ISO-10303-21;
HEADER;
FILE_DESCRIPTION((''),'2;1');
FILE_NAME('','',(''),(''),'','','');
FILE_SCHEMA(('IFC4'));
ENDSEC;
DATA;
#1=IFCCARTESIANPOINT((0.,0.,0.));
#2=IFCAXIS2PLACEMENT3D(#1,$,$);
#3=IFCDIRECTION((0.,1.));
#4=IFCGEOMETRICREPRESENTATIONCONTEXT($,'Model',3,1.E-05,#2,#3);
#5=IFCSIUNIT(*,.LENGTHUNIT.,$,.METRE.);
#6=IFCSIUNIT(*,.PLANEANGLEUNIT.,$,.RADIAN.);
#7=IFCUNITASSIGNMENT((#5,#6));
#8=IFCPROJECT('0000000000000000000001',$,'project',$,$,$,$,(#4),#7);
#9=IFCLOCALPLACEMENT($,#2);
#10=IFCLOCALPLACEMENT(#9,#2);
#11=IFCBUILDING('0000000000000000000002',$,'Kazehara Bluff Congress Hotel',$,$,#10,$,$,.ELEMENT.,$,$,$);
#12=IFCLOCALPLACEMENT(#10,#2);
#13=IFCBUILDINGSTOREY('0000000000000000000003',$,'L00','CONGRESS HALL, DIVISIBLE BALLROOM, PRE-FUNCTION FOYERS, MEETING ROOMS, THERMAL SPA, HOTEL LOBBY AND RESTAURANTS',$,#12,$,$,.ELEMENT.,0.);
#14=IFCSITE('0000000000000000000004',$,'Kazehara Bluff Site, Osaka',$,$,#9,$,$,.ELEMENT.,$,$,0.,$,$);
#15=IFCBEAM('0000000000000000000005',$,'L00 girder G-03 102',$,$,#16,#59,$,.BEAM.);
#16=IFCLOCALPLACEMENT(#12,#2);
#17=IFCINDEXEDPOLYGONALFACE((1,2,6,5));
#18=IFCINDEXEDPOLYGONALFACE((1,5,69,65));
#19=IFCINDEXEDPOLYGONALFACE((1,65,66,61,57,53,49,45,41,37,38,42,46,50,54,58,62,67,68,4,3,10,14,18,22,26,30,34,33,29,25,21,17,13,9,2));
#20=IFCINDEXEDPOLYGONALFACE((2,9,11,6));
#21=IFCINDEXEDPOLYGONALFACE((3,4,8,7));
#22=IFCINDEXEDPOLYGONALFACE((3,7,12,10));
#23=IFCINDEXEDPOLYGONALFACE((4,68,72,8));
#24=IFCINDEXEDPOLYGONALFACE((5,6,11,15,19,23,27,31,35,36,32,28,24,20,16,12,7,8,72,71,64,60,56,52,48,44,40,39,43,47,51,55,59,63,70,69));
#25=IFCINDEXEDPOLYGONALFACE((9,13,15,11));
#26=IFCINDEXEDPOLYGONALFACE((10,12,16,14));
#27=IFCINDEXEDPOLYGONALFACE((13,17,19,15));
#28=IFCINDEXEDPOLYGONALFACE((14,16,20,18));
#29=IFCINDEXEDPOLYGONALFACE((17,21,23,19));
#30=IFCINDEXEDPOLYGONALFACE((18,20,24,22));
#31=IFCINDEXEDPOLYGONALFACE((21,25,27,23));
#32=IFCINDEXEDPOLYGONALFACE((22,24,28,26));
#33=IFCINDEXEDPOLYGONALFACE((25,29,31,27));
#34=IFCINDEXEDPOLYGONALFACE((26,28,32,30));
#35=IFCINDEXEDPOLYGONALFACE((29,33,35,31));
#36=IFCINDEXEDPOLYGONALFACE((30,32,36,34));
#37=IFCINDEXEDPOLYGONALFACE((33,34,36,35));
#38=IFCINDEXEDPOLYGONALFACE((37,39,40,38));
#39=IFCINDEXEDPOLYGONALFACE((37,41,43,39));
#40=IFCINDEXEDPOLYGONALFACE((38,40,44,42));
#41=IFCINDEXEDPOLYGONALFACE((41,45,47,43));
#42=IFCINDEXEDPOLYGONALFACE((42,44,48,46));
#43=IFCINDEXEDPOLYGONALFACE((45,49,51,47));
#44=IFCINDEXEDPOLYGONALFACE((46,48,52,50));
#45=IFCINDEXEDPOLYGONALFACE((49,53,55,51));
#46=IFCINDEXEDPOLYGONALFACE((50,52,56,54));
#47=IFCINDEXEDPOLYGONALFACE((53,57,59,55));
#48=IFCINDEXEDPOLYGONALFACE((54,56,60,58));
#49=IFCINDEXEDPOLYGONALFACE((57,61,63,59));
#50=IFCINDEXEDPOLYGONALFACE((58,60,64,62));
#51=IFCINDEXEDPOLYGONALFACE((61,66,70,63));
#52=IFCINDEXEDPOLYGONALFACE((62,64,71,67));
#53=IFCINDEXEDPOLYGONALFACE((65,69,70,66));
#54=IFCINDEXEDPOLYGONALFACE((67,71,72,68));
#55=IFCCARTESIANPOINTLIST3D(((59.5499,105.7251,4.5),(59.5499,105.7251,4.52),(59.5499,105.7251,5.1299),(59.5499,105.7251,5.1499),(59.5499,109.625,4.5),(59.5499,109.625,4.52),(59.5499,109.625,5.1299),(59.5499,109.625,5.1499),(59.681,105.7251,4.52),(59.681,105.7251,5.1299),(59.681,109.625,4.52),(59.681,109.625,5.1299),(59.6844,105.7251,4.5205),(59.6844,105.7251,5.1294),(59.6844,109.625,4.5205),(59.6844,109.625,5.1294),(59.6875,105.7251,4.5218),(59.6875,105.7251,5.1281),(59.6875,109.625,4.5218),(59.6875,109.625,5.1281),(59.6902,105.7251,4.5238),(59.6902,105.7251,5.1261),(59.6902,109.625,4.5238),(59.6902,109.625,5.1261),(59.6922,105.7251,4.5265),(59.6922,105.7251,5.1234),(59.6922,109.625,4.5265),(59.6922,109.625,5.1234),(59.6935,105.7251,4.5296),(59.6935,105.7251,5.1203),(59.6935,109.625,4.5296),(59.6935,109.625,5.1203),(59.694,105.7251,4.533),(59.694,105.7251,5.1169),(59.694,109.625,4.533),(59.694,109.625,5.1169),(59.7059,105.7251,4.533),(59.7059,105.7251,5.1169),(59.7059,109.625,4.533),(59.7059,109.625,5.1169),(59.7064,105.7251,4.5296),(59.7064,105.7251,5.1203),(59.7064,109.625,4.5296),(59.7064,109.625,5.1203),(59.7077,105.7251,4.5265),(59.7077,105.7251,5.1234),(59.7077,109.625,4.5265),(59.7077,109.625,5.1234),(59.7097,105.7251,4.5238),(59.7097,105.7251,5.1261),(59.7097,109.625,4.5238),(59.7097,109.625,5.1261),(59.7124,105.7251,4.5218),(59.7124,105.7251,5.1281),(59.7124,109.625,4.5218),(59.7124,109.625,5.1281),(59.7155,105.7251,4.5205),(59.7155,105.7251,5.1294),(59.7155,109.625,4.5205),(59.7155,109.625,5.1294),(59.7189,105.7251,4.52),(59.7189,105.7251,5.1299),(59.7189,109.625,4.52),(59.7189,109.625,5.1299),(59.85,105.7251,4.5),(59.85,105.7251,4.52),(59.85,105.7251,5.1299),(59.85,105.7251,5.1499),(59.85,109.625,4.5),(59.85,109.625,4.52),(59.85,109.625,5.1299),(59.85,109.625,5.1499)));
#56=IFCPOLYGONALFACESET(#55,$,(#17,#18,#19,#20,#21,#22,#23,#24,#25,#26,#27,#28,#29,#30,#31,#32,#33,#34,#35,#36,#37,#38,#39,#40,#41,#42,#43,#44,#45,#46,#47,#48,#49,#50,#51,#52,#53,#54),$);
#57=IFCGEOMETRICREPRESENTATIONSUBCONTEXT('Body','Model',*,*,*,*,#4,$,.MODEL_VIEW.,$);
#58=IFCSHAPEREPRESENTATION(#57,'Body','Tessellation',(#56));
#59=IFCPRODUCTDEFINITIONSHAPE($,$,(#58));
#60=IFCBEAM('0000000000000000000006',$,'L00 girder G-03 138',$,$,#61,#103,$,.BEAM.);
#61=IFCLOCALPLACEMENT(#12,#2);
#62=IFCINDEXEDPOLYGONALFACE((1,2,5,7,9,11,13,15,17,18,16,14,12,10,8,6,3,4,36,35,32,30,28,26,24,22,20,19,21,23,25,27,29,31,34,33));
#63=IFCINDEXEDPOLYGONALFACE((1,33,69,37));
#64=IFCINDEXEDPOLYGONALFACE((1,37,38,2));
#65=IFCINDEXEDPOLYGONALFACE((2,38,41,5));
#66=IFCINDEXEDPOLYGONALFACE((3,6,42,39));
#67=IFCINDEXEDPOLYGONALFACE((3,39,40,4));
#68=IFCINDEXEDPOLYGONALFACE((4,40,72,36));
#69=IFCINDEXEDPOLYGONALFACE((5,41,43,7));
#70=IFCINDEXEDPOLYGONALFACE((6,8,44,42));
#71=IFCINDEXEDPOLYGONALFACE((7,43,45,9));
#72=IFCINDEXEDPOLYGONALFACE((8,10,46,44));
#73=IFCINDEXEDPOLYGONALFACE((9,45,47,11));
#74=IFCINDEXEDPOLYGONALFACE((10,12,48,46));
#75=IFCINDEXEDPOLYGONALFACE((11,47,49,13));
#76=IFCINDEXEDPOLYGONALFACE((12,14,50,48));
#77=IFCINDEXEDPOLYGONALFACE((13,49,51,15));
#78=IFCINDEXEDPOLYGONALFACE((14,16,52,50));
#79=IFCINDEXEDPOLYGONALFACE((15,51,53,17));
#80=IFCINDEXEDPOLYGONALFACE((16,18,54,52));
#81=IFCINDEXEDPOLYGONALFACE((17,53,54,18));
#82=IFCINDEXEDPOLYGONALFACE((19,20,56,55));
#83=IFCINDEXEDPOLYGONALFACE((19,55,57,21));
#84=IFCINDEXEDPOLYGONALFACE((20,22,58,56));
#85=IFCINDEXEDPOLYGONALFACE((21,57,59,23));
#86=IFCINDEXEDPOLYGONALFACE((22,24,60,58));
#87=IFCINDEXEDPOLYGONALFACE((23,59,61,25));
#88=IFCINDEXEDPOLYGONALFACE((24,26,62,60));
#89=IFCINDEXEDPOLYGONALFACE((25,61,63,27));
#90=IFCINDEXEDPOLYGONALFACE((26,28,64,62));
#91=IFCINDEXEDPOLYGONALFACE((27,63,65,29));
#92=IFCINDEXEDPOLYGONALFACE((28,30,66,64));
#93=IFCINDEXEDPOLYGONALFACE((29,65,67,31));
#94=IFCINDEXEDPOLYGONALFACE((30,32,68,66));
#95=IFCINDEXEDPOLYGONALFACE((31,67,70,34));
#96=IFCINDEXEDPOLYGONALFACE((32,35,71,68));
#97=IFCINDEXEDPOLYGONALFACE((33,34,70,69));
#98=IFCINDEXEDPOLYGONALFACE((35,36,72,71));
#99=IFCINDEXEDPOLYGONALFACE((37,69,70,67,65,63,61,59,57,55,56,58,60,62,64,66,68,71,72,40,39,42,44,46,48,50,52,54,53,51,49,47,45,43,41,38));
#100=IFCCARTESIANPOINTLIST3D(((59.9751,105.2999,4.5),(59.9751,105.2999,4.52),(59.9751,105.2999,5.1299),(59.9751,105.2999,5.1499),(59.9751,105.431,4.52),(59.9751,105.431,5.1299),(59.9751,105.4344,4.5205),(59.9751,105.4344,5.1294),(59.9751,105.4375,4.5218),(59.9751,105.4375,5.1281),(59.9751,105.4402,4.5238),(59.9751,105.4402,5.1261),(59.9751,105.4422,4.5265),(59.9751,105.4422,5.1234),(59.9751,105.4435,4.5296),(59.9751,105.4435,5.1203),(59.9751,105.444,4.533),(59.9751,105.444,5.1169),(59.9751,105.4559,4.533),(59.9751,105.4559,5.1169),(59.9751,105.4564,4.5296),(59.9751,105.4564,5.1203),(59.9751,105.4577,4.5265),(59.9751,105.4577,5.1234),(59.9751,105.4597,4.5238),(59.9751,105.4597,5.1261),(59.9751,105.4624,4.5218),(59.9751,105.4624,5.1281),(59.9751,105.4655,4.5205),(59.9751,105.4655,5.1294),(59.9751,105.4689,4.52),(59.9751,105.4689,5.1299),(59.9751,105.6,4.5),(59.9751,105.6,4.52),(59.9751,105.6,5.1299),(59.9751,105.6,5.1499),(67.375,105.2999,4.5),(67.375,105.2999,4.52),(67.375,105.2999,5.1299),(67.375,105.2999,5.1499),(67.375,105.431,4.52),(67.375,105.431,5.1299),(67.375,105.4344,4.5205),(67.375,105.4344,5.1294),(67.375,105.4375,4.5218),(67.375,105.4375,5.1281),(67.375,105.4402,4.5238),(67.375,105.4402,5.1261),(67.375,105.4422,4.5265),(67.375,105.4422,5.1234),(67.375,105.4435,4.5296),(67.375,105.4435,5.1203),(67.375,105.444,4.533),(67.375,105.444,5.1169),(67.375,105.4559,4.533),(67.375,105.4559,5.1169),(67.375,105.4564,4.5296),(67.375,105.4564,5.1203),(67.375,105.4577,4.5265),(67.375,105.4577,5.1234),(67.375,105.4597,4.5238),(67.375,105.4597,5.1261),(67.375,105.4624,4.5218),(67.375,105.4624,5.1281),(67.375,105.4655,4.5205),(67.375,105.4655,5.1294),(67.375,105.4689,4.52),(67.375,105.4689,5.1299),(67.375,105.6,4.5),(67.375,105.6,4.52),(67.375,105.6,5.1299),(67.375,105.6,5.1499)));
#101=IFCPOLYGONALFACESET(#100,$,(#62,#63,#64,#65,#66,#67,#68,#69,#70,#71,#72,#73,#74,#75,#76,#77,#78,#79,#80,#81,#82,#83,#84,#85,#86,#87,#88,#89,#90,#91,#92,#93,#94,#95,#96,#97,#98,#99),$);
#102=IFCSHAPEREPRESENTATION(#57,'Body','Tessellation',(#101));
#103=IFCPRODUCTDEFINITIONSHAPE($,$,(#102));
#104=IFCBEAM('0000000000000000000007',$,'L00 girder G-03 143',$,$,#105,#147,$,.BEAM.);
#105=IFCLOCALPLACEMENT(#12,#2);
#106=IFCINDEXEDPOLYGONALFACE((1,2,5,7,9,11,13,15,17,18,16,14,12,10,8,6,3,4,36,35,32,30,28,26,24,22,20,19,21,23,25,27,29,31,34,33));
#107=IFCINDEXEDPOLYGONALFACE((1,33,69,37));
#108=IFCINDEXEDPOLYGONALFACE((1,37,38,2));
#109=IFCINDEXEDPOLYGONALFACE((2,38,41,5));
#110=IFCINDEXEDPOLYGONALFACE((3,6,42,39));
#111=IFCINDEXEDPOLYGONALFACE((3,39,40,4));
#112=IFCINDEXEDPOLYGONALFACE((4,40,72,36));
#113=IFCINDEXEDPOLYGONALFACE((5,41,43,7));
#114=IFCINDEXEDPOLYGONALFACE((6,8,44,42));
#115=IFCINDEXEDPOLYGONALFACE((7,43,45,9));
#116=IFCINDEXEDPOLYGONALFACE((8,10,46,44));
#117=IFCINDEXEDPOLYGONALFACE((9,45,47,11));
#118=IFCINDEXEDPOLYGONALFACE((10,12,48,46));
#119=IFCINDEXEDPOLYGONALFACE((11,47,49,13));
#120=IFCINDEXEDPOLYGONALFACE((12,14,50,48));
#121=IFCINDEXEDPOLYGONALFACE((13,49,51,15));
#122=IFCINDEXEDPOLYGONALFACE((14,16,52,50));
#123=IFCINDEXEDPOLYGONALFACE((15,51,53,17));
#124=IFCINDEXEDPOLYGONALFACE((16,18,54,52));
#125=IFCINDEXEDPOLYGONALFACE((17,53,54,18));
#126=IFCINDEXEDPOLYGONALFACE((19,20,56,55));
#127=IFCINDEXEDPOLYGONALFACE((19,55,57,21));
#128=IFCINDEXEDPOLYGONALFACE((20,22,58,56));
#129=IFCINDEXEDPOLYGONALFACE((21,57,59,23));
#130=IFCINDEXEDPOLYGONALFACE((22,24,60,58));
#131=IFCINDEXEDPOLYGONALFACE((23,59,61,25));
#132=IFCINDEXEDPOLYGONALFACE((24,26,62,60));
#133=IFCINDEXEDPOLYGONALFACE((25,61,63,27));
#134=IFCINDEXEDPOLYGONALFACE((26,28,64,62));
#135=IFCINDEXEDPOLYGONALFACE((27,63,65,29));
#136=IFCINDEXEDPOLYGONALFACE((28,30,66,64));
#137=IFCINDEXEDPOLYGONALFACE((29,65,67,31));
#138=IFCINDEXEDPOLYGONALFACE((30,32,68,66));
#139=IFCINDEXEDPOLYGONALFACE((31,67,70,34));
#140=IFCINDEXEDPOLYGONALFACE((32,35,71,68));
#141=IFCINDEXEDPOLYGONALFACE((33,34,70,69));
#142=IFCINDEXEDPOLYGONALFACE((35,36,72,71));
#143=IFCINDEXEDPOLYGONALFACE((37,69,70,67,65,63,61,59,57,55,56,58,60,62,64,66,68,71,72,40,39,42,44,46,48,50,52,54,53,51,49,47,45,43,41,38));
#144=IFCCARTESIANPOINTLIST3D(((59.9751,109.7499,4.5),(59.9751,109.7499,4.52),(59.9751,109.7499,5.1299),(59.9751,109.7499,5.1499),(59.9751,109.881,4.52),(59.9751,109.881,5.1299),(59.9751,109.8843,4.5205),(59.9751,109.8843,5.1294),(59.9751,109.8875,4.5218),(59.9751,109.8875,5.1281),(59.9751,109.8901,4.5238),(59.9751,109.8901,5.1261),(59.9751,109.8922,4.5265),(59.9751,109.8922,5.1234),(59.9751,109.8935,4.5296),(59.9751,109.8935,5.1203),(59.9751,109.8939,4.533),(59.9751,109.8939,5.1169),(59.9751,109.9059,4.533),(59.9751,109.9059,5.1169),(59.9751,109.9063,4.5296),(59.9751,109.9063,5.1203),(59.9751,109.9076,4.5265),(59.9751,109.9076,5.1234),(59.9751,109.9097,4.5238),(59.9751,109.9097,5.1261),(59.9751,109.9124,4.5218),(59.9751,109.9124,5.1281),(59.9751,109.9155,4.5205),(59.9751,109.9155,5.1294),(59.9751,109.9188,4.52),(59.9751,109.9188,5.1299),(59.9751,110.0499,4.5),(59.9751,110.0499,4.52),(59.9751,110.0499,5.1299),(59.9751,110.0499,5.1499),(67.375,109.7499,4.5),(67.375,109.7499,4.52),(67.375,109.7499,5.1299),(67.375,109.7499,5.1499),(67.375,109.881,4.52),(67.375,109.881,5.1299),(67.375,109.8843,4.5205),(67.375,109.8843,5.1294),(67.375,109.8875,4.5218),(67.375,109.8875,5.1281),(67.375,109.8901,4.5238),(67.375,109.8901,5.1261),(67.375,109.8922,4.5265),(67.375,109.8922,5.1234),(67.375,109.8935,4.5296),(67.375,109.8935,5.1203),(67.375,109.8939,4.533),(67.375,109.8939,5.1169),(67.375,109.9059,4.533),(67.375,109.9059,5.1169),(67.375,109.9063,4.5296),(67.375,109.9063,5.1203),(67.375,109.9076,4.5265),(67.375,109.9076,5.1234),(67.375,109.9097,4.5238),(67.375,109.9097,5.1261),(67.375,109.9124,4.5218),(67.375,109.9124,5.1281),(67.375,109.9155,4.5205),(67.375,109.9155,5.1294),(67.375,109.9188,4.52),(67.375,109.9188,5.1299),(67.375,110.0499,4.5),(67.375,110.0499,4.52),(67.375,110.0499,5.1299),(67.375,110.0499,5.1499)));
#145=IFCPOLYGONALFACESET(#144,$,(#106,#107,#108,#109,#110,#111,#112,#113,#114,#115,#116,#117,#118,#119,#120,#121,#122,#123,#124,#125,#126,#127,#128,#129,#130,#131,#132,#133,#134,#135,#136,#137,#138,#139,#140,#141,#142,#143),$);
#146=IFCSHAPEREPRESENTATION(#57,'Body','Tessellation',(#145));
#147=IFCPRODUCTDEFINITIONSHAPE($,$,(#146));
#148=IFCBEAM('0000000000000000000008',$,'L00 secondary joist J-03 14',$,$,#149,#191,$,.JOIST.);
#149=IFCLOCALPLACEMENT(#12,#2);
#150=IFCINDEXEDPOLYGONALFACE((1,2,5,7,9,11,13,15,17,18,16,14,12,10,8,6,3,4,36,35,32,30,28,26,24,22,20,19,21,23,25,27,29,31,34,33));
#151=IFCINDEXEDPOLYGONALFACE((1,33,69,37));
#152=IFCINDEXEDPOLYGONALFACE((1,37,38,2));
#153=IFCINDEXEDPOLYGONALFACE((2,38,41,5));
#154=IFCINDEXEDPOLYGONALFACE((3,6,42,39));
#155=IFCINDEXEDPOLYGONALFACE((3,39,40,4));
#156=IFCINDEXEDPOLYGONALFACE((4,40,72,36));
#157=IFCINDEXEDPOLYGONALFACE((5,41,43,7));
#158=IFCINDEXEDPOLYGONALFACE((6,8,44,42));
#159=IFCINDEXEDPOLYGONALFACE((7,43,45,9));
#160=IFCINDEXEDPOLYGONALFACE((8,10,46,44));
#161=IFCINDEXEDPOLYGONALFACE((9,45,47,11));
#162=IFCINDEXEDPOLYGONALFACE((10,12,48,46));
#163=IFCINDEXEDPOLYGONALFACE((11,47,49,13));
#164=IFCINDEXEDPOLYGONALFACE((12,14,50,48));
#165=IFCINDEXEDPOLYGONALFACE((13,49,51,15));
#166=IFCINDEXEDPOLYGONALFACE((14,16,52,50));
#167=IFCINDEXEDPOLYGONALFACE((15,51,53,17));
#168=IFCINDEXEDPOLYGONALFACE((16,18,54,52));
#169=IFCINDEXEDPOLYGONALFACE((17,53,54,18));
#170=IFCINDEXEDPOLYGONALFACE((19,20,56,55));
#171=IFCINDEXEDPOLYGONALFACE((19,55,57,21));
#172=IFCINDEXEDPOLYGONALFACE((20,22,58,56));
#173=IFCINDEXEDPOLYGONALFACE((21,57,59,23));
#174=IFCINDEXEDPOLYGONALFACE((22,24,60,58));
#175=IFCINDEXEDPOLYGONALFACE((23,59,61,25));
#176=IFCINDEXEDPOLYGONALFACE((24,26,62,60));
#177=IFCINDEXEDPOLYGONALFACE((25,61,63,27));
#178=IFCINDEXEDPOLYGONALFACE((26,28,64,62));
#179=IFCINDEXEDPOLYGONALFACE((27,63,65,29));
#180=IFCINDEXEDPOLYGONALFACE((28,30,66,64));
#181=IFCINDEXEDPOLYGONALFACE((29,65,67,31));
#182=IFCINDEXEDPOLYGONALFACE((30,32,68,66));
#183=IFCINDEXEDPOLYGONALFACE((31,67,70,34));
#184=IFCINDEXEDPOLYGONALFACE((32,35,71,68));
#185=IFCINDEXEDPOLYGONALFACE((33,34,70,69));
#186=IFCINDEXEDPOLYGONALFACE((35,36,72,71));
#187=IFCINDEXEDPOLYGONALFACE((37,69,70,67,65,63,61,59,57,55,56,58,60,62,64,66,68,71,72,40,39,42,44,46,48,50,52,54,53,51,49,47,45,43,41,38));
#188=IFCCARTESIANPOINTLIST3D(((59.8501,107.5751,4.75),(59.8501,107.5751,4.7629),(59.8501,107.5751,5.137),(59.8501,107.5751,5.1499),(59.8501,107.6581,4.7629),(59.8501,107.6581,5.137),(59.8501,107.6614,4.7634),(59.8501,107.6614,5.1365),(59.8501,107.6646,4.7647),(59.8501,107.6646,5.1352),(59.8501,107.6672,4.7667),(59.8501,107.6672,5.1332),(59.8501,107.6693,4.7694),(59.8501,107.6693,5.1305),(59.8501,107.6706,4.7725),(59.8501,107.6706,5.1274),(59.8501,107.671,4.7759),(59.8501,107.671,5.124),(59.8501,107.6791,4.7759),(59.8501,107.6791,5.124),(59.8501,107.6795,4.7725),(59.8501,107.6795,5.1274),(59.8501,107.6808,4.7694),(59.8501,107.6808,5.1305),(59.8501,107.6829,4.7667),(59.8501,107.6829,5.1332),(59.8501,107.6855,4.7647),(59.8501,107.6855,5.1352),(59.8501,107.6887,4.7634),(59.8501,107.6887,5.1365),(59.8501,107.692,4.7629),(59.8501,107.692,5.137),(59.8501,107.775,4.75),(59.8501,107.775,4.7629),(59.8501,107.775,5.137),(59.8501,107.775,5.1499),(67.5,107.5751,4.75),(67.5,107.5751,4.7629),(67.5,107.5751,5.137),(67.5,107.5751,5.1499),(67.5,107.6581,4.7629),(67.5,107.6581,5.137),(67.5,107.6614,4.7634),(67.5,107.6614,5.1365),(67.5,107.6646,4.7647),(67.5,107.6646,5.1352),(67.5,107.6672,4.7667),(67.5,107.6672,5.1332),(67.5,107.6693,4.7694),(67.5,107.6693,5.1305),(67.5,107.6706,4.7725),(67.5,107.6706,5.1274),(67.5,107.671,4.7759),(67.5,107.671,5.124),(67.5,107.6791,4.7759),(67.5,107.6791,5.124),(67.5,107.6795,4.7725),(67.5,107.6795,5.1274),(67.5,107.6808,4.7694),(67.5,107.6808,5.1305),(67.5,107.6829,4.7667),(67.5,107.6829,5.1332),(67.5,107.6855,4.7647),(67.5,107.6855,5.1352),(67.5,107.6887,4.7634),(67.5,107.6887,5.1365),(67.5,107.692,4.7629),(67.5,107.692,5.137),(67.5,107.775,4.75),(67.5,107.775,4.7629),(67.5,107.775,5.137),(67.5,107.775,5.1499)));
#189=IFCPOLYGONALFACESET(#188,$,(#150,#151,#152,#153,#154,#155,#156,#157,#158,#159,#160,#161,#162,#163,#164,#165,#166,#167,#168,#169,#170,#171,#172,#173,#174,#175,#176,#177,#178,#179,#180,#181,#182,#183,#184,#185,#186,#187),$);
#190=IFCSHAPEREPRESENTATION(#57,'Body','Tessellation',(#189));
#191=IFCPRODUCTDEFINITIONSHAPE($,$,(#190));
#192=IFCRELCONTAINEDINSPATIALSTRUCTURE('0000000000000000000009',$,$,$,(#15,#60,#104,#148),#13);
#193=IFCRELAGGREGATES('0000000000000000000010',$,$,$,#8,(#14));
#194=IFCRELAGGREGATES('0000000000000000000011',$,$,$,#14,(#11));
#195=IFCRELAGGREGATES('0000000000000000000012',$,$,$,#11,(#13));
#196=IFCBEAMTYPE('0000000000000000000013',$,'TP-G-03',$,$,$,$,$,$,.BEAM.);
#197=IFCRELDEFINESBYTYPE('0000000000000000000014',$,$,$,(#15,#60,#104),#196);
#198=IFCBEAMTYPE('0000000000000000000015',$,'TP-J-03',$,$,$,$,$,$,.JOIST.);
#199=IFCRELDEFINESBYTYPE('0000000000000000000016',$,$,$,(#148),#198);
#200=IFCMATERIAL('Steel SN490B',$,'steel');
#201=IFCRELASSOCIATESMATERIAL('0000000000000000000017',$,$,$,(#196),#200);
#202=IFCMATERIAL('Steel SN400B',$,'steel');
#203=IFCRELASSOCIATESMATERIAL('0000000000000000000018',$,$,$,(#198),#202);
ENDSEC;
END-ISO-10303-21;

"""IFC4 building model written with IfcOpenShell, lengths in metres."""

from ifc_helpers import new_model, si_unit, direction, frame, origin, origin_2d, place, context, subcontext, project, spatial, i_section, extrude, material, material_profile, profile_set, type_object, element, save


model = new_model("IFC4")

# Units and contexts
model_context = context("Model", 3, precision=1e-05, world=origin(), true_north=direction((0.0, 1.0)))
body_context = subcontext(model_context, "Body", "Model", "MODEL_VIEW")
ifc_project = project(units=[si_unit("LENGTHUNIT", "METRE"), si_unit("PLANEANGLEUNIT", "RADIAN")], contexts=[model_context])

# Site, building, storey
site_placement = place(None, origin())
site = spatial("IfcSite", under=ifc_project, at=site_placement, Name="Kazehara Bluff Site, Osaka", CompositionType="ELEMENT", RefElevation=0.0)
building_placement = place(site_placement, origin())
building = spatial("IfcBuilding", under=site, at=building_placement, Name="Kazehara Bluff Congress Hotel", CompositionType="ELEMENT")
storey_placement = place(building_placement, origin())
storey = spatial("IfcBuildingStorey", under=building, at=storey_placement, Name="L00", Description="CONGRESS HALL, DIVISIBLE BALLROOM, PRE-FUNCTION FOYERS, MEETING ROOMS, THERMAL SPA, HOTEL LOBBY AND RESTAURANTS", CompositionType="ELEMENT", Elevation=0.0)

# Beams
ifc_material_1 = material(Name="Steel SN490B", Category="steel")
ifc_material_profile_1 = material_profile(ifc_material_1, i_section(OverallWidth=0.3, OverallDepth=0.6499, WebThickness=0.012, FlangeThickness=0.02, FilletRadius=0.0129, at=origin_2d()))
ifc_profile_set_1 = profile_set([ifc_material_profile_1], Name="Steel SN490B")
beam_type_1 = type_object("IfcBeamType", Name="TP-G-03", PredefinedType="BEAM", material=ifc_profile_set_1)
beam_1_placement = place(storey_placement, frame((59.7, 105.7251, 4.825), z_axis=(0.0, 1.0, 0.0), x_axis=(-1.0, 0.0, 0.0)))
element("IfcBeam", 1, at=beam_1_placement, inside=storey, type_object=beam_type_1, Name="L00 girder G-03 102", PredefinedType="BEAM", context=body_context, shape_type="SweptSolid", body=[
    extrude(i_section(OverallWidth=0.3, OverallDepth=0.6499, WebThickness=0.012, FlangeThickness=0.02, FilletRadius=0.0129, at=origin_2d()), origin(), (0.0, 0.0, 1.0), 3.8999),
])
for number, where, z_axis, x_axis, name in (
    (2, (59.9751, 105.45, 4.825), (1.0, 0.0, 0.0), (0.0, 1.0, 0.0), "L00 girder G-03 138"),
    (3, (59.9751, 109.8999, 4.825), (1.0, 0.0, 0.0), (0.0, 1.0, 0.0), "L00 girder G-03 143"),
):
    element("IfcBeam", number, at=place(storey_placement, frame(where, z_axis=z_axis, x_axis=x_axis)), inside=storey, type_object=beam_type_1, Name=name, PredefinedType="BEAM", context=body_context, shape_type="SweptSolid", body=[
        extrude(i_section(OverallWidth=0.3, OverallDepth=0.6499, WebThickness=0.012, FlangeThickness=0.02, FilletRadius=0.0129, at=origin_2d()), origin(), (0.0, 0.0, 1.0), 7.3999),
    ])
ifc_material_2 = material(Name="Steel SN400B", Category="steel")
ifc_material_profile_2 = material_profile(ifc_material_2, i_section(OverallWidth=0.2, OverallDepth=0.3999, WebThickness=0.0081, FlangeThickness=0.0129, FilletRadius=0.0129, at=origin_2d()))
ifc_profile_set_2 = profile_set([ifc_material_profile_2], Name="Steel SN400B")
beam_type_2 = type_object("IfcBeamType", Name="TP-J-03", PredefinedType="JOIST", material=ifc_profile_set_2)
beam_2_placement = place(storey_placement, frame((59.8501, 107.675, 4.95), z_axis=(1.0, 0.0, 0.0), x_axis=(0.0, 1.0, 0.0)))
element("IfcBeam", 4, at=beam_2_placement, inside=storey, type_object=beam_type_2, Name="L00 secondary joist J-03 14", PredefinedType="JOIST", context=body_context, shape_type="SweptSolid", body=[
    extrude(i_section(OverallWidth=0.2, OverallDepth=0.3999, WebThickness=0.0081, FlangeThickness=0.0129, FilletRadius=0.0129, at=origin_2d()), origin(), (0.0, 0.0, 1.0), 7.6499),
])

save(model, "model.ifc")
